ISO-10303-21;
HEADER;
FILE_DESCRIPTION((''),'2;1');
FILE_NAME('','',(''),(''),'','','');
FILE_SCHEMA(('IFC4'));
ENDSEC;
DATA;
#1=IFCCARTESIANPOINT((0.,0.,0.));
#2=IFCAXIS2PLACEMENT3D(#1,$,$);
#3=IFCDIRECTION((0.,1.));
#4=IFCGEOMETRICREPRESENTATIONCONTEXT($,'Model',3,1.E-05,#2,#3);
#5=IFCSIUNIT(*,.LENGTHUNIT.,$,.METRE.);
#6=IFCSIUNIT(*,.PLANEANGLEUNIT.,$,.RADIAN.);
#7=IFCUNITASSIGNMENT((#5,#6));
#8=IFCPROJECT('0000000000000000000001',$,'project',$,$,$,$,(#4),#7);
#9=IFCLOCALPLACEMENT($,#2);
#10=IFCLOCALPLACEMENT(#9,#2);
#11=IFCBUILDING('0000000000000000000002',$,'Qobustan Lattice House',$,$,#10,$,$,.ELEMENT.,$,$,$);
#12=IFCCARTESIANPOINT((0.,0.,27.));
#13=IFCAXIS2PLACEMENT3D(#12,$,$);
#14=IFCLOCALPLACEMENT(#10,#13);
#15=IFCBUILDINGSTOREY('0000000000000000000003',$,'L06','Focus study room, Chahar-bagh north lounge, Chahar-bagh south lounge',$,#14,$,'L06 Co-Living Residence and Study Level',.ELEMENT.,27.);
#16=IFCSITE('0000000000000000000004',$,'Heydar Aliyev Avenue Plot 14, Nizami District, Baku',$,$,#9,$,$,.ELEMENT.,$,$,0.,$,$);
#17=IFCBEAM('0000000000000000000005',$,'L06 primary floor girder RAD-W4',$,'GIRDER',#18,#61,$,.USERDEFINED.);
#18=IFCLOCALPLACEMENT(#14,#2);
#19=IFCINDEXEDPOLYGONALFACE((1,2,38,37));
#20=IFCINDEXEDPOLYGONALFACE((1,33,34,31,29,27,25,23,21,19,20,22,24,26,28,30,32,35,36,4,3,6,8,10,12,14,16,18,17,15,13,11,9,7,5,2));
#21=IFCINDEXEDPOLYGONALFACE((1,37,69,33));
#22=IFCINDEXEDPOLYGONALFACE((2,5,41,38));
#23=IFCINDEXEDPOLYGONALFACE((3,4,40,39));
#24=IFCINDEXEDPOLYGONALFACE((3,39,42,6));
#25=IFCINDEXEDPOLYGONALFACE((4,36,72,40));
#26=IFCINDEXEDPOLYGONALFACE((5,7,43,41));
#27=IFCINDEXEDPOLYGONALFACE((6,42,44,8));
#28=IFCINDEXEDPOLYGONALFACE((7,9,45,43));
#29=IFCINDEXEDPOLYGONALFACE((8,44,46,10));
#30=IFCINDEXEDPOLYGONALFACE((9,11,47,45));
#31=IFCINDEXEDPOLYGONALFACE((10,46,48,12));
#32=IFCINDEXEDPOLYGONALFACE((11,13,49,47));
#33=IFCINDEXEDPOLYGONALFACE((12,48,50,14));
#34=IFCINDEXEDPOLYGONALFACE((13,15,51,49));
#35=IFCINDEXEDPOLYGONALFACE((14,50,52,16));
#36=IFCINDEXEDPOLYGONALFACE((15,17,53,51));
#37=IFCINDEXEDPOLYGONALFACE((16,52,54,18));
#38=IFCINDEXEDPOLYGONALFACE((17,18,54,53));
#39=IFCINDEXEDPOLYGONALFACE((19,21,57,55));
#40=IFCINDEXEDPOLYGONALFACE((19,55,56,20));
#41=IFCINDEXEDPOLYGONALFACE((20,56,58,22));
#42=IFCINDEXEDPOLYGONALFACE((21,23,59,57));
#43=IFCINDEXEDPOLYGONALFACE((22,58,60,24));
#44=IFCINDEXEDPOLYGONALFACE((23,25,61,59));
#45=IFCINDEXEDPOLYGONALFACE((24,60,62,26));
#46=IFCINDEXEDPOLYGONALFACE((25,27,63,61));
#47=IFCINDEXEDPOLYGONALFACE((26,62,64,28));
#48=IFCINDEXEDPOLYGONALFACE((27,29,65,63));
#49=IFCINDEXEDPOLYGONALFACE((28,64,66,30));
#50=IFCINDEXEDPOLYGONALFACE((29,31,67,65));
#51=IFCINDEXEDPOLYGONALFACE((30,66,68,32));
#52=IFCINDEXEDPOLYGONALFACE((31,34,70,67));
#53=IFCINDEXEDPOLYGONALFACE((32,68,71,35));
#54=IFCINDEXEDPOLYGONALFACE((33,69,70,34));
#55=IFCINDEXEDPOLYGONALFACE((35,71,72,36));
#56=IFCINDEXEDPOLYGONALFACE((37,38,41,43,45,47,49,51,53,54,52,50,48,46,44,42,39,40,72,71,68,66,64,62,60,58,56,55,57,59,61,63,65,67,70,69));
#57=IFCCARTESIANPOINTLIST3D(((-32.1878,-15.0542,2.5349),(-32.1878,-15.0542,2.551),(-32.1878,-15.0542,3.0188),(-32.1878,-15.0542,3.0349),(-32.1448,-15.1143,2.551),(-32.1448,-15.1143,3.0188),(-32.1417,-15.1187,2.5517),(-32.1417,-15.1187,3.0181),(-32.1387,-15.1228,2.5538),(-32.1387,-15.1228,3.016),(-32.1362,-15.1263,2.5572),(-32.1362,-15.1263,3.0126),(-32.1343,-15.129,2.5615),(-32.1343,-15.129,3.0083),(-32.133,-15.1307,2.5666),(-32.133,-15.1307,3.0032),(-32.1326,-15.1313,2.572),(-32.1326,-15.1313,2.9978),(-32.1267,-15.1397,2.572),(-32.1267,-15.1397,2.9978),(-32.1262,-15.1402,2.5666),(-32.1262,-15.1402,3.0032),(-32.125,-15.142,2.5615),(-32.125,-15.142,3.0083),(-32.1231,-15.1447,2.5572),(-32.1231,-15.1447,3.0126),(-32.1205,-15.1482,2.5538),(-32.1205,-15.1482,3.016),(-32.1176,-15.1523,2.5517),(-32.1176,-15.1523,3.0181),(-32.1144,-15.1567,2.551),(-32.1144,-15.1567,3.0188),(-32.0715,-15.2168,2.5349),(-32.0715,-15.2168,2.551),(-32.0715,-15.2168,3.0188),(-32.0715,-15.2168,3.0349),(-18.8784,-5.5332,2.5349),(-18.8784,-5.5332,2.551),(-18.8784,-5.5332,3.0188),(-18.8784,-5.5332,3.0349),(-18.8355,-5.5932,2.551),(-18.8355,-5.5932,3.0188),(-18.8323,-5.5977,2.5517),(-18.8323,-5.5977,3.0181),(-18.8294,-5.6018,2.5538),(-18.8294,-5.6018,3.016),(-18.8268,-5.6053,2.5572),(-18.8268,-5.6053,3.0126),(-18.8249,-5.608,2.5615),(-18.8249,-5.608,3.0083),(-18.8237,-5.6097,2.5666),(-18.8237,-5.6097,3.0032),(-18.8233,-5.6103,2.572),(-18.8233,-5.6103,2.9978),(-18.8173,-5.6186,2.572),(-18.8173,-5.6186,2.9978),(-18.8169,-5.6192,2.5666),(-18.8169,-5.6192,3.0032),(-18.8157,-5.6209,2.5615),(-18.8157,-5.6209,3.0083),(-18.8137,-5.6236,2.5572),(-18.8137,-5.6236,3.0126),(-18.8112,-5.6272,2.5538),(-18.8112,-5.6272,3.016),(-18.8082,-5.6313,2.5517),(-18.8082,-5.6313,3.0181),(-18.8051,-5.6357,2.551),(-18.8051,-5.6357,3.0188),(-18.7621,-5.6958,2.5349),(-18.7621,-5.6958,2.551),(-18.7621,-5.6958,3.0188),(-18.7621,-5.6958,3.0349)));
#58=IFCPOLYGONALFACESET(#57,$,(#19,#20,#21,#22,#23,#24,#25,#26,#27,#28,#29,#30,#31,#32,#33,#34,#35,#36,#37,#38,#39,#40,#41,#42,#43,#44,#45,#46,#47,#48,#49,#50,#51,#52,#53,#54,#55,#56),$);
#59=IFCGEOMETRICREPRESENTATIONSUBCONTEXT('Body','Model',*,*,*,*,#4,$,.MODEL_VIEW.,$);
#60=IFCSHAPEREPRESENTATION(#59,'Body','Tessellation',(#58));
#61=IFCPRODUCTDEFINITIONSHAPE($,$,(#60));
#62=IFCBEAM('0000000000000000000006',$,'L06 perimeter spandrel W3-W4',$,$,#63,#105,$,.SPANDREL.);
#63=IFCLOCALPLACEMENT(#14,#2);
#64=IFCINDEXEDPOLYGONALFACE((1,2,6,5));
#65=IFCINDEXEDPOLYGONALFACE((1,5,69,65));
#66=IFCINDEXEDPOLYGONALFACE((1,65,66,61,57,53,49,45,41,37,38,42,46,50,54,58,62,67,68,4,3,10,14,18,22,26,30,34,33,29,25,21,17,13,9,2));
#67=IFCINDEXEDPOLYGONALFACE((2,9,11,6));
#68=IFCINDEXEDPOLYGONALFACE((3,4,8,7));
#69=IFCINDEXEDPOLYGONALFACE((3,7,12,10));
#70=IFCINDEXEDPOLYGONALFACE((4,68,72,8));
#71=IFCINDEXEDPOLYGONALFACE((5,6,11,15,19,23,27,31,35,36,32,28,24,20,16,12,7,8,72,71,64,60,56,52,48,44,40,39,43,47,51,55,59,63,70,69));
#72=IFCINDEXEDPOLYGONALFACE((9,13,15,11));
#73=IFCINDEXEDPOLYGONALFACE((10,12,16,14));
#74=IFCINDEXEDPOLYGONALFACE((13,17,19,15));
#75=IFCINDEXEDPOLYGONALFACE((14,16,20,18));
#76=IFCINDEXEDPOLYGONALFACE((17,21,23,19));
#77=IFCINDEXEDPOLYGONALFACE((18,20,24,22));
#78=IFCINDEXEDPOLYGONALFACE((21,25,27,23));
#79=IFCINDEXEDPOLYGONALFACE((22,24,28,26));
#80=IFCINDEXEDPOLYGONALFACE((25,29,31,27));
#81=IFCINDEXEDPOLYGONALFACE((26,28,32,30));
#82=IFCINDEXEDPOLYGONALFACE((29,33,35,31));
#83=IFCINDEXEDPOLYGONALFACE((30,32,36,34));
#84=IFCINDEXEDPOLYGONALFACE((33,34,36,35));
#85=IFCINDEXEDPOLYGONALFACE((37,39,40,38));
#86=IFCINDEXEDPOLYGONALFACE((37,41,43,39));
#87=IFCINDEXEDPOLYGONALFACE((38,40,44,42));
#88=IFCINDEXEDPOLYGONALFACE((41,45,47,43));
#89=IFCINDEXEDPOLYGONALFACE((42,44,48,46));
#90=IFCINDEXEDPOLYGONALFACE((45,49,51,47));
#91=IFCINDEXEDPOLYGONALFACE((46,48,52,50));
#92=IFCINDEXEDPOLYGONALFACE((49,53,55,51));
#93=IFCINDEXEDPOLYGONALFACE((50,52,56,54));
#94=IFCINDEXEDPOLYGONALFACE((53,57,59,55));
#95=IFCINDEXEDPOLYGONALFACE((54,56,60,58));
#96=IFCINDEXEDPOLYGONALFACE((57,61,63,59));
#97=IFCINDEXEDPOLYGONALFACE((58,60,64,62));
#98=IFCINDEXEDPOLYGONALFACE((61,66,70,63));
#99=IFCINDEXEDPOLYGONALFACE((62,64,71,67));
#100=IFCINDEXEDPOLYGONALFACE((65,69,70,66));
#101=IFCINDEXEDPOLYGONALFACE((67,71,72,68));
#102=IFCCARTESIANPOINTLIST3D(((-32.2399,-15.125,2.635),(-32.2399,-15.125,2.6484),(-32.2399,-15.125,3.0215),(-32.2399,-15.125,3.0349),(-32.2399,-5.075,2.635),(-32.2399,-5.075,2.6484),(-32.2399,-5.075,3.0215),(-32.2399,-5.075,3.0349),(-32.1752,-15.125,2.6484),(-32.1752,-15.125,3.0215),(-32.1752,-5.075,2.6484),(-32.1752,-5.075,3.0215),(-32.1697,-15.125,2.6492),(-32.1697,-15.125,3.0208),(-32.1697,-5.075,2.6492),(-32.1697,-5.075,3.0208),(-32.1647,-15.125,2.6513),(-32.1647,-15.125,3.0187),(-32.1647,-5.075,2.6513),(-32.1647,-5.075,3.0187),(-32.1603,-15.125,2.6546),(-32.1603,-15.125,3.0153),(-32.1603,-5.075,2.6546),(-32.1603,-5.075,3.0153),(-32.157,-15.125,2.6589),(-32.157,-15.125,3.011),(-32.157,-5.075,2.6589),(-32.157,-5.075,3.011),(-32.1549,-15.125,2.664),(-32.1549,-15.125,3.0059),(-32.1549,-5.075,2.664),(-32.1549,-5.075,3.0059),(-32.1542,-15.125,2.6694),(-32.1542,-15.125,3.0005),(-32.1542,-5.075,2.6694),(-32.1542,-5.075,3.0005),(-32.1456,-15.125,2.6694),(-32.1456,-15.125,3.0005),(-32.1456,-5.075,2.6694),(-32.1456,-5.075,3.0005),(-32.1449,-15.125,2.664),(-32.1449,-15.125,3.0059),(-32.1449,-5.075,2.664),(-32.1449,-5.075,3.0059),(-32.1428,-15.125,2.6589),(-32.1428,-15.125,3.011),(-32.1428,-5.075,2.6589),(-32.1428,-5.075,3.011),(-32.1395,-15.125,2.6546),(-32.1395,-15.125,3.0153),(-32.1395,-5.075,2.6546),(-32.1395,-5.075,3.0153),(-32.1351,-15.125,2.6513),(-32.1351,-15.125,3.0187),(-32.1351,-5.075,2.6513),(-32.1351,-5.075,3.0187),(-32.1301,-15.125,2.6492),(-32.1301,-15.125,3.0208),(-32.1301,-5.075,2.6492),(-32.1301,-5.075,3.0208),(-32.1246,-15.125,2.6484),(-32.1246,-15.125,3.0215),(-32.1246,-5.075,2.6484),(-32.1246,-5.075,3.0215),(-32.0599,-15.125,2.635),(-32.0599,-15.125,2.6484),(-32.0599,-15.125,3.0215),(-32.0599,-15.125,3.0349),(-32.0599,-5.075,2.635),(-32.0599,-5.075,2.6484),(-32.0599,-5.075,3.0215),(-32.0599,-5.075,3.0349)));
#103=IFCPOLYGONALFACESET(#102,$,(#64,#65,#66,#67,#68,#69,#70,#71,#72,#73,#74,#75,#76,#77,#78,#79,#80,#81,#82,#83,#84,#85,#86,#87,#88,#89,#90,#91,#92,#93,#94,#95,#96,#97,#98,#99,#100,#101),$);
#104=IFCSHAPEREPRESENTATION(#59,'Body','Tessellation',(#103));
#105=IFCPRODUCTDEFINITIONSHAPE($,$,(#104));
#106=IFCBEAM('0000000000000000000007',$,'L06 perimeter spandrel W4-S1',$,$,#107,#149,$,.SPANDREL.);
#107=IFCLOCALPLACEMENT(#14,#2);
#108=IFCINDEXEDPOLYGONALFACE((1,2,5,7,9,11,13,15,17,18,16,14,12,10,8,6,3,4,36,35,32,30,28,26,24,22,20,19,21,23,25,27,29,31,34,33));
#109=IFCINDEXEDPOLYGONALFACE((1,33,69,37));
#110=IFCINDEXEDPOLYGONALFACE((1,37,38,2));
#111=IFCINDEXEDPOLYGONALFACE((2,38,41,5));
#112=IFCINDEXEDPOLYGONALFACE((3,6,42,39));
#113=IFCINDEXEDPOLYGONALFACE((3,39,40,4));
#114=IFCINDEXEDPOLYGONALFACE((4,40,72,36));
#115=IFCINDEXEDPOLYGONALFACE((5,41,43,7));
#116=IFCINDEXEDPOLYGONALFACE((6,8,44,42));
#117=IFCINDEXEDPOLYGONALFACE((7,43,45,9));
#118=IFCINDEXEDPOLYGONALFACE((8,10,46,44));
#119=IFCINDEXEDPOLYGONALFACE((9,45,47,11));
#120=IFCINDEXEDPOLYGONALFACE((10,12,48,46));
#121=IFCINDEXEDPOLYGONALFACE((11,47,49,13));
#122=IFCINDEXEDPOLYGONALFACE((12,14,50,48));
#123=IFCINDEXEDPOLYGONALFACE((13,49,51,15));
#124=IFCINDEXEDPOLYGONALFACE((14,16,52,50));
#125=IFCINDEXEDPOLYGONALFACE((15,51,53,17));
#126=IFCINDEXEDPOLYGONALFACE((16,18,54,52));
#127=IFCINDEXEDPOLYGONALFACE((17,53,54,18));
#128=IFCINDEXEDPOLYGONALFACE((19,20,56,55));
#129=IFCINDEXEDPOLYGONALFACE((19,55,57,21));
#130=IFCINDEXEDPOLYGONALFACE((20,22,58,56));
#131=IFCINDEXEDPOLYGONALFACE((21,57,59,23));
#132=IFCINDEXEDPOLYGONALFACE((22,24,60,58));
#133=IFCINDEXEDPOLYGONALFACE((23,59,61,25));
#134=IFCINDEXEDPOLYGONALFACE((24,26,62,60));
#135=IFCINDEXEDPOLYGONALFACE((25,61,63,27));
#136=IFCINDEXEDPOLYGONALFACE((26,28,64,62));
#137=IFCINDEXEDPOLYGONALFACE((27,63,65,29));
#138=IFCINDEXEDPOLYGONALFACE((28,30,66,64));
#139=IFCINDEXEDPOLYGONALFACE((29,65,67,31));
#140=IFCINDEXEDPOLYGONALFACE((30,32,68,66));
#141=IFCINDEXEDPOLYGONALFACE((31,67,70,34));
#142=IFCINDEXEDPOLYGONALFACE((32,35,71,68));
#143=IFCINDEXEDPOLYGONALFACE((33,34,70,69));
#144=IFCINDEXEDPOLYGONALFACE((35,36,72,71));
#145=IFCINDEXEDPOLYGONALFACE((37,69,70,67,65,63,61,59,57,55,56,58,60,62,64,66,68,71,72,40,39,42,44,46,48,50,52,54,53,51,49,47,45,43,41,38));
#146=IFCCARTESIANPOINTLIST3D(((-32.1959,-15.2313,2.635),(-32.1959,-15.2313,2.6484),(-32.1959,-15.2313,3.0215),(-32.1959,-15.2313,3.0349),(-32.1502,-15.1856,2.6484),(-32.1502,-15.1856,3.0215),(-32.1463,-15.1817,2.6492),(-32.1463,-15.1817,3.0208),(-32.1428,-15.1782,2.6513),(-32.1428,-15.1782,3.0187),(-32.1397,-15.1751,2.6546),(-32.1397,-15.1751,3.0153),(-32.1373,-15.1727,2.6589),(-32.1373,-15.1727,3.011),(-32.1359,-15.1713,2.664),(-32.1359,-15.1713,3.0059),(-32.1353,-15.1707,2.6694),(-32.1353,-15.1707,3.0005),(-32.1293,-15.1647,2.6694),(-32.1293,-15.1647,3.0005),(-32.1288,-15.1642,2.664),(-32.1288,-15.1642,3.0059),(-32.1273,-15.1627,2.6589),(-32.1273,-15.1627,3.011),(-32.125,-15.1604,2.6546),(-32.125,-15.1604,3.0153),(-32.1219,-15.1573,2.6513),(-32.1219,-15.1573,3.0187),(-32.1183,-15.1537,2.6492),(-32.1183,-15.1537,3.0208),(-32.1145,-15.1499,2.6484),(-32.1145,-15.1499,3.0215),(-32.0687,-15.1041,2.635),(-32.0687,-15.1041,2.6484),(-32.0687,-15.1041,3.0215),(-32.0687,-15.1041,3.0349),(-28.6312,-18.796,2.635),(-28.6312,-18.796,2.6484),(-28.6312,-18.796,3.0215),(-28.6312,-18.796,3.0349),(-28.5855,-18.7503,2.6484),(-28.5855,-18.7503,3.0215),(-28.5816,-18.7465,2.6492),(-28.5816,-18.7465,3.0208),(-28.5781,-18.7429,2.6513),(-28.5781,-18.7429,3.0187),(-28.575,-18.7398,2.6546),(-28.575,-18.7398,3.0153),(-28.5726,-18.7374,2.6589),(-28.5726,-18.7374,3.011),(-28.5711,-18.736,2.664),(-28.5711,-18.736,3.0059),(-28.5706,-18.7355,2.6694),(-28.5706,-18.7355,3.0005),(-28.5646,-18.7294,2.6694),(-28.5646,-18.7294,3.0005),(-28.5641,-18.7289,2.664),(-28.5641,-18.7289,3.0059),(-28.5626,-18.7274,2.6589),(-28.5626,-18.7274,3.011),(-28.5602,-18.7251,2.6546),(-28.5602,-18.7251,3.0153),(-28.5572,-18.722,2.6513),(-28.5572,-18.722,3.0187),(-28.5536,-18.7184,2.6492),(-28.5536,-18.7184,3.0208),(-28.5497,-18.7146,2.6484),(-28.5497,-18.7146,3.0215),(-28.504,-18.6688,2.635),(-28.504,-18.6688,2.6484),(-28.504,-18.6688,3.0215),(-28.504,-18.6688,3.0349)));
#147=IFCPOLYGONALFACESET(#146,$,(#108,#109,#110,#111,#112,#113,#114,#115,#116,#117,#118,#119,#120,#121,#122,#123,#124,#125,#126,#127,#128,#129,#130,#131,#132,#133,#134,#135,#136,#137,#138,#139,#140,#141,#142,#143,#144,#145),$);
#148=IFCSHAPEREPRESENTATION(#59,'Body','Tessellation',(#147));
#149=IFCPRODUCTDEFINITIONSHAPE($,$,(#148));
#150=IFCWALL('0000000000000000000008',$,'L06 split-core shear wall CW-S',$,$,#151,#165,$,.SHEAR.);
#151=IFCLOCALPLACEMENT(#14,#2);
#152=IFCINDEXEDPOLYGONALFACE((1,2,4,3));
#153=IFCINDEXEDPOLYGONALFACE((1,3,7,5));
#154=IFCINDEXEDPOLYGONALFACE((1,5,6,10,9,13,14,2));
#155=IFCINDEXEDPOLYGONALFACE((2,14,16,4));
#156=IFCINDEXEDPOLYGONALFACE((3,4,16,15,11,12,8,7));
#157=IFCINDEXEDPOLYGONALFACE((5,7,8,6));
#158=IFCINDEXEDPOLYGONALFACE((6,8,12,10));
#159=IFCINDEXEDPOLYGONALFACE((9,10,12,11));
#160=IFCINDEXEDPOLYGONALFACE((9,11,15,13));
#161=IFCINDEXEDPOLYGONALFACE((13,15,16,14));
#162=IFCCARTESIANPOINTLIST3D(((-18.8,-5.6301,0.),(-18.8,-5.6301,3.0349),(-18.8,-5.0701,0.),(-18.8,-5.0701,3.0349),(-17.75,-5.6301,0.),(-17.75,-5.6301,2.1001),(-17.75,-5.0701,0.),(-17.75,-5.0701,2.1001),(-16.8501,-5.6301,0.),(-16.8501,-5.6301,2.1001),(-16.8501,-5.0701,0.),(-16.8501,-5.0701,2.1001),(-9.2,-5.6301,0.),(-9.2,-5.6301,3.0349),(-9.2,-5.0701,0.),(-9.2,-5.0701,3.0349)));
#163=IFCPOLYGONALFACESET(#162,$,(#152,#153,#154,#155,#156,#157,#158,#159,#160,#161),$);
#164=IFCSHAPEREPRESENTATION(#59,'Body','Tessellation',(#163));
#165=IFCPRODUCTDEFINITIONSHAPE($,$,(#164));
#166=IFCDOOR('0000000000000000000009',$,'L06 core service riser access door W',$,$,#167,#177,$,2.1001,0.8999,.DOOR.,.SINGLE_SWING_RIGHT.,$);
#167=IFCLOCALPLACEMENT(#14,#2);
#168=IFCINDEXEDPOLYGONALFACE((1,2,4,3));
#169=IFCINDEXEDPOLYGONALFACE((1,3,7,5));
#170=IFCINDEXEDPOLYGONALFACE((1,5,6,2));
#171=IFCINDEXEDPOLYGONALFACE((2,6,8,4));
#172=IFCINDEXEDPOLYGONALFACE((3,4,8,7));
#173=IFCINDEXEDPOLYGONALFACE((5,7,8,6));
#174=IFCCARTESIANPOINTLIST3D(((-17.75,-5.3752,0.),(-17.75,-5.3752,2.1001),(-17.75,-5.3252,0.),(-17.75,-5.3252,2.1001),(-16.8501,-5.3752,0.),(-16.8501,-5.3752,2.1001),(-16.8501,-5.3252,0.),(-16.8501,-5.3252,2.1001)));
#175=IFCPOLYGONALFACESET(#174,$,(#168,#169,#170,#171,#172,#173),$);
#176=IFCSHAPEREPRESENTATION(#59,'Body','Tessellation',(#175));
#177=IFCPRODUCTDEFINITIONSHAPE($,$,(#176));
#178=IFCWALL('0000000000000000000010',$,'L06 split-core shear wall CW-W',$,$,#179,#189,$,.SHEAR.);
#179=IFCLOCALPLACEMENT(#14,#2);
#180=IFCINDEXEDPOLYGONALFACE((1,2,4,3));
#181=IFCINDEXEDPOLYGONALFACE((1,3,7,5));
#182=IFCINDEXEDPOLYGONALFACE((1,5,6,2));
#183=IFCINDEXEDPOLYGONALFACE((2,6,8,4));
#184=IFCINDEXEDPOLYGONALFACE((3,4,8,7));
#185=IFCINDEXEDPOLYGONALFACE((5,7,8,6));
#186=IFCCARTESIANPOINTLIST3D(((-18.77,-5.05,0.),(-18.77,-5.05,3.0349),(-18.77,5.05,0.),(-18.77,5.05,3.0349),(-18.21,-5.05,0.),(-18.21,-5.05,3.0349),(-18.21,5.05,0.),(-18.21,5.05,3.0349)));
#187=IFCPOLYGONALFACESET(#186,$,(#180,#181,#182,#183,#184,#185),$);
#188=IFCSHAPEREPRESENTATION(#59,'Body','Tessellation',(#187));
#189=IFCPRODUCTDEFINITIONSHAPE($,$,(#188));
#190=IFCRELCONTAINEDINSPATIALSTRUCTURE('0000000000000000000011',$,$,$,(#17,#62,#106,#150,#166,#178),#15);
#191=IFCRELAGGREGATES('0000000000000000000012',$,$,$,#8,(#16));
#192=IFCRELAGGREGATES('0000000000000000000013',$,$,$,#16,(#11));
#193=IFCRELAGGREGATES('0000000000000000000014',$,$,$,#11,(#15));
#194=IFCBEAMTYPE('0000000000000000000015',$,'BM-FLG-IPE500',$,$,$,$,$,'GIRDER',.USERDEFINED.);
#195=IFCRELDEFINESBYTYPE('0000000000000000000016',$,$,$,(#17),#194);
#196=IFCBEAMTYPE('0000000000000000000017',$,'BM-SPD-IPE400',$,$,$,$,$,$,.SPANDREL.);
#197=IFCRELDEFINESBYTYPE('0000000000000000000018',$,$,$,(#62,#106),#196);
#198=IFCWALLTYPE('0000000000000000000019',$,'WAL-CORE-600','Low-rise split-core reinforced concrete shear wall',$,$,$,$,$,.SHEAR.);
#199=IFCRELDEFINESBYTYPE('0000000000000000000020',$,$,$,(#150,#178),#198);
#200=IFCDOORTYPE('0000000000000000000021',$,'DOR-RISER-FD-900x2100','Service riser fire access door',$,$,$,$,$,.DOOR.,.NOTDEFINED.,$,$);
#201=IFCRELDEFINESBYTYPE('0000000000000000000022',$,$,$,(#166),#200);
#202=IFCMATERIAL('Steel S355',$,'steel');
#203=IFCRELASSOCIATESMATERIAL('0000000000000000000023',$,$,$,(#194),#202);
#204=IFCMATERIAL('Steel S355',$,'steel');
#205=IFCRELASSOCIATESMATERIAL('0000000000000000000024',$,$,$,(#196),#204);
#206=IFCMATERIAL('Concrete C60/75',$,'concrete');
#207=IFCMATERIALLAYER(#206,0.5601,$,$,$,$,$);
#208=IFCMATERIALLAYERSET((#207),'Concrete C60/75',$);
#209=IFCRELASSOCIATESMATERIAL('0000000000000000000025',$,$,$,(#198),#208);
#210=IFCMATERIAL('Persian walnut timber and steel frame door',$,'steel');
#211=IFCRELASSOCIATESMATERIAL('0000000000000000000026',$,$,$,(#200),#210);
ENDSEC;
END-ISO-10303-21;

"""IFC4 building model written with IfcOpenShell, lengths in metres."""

from ifc_helpers import new_model, si_unit, direction, frame, frame_2d, origin, origin_2d, place, context, subcontext, project, spatial, rectangle, i_section, extrude, material, layer, layer_set, material_profile, profile_set, type_object, element, fill, save


model = new_model("IFC4")

# Units and contexts
model_context = context("Model", 3, precision=1e-05, world=origin(), true_north=direction((0.0, 1.0)))
body_context = subcontext(model_context, "Body", "Model", "MODEL_VIEW")
ifc_project = project(units=[si_unit("LENGTHUNIT", "METRE"), si_unit("PLANEANGLEUNIT", "RADIAN")], contexts=[model_context])

# Site, building, storey
site_placement = place(None, origin())
site = spatial("IfcSite", under=ifc_project, at=site_placement, Name="Heydar Aliyev Avenue Plot 14, Nizami District, Baku", CompositionType="ELEMENT", RefElevation=0.0)
building_placement = place(site_placement, origin())
building = spatial("IfcBuilding", under=site, at=building_placement, Name="Qobustan Lattice House", CompositionType="ELEMENT")
storey_placement = place(building_placement, frame((0.0, 0.0, 27.0)))
storey = spatial("IfcBuildingStorey", under=building, at=storey_placement, Name="L06", Description="Focus study room, Chahar-bagh north lounge, Chahar-bagh south lounge", LongName="L06 Co-Living Residence and Study Level", CompositionType="ELEMENT", Elevation=27.0)

# Beams
ifc_material_1 = material(Name="Steel S355", Category="steel")
ifc_material_profile_1 = material_profile(ifc_material_1, i_section(OverallWidth=0.2, OverallDepth=0.5, WebThickness=0.0103, FlangeThickness=0.0161, FilletRadius=0.021, at=origin_2d()), Name="IPE500")
ifc_profile_set_1 = profile_set([ifc_material_profile_1], Name="Steel S355")
beam_type_1 = type_object("IfcBeamType", Name="BM-FLG-IPE500", ElementType="GIRDER", PredefinedType="USERDEFINED", material=ifc_profile_set_1)
beam_1_placement = place(storey_placement, frame((-32.1296, -15.1355, 2.7849), z_axis=(0.813319, 0.581818, 0.0), x_axis=(-0.581818, 0.813319, 0.0)))
element("IfcBeam", 1, at=beam_1_placement, inside=storey, type_object=beam_type_1, Name="L06 primary floor girder RAD-W4", ObjectType="GIRDER", PredefinedType="USERDEFINED", context=body_context, shape_type="SweptSolid", body=[
    extrude(i_section(OverallWidth=0.2, OverallDepth=0.5, WebThickness=0.0103, FlangeThickness=0.0161, FilletRadius=0.021, at=origin_2d()), origin(), (0.0, 0.0, 1.0), 16.3643),
])
ifc_material_2 = material(Name="Steel S355", Category="steel")
ifc_material_profile_2 = material_profile(ifc_material_2, i_section(OverallWidth=0.1799, OverallDepth=0.3999, WebThickness=0.0085, FlangeThickness=0.0134, FilletRadius=0.021, at=origin_2d()), Name="IPE400")
ifc_profile_set_2 = profile_set([ifc_material_profile_2], Name="Steel S355")
beam_type_2 = type_object("IfcBeamType", Name="BM-SPD-IPE400", PredefinedType="SPANDREL", material=ifc_profile_set_2)
beam_2_placement = place(storey_placement, frame((-32.1499, -5.075, 2.835), z_axis=(0.0, -1.0, 0.0), x_axis=(1.0, 0.0, 0.0)))
element("IfcBeam", 2, at=beam_2_placement, inside=storey, type_object=beam_type_2, Name="L06 perimeter spandrel W3-W4", PredefinedType="SPANDREL", context=body_context, shape_type="SweptSolid", body=[
    extrude(i_section(OverallWidth=0.1799, OverallDepth=0.3999, WebThickness=0.0085, FlangeThickness=0.0134, FilletRadius=0.021, at=origin_2d()), origin(), (0.0, 0.0, 1.0), 10.05),
])
beam_3_placement = place(storey_placement, frame((-32.1323, -15.1677, 2.835), z_axis=(0.707107, -0.707107, 0.0), x_axis=(0.707107, 0.707107, 0.0)))
element("IfcBeam", 3, at=beam_3_placement, inside=storey, type_object=beam_type_2, Name="L06 perimeter spandrel W4-S1", PredefinedType="SPANDREL", context=body_context, shape_type="SweptSolid", body=[
    extrude(i_section(OverallWidth=0.1799, OverallDepth=0.3999, WebThickness=0.0085, FlangeThickness=0.0134, FilletRadius=0.021, at=origin_2d()), origin(), (0.0, 0.0, 1.0), 5.0413),
])

# Wall, opening, door
ifc_material_3 = material(Name="Concrete C60/75", Category="concrete")
ifc_layer_1 = layer(ifc_material_3, 0.5601)
ifc_layer_set_1 = layer_set([ifc_layer_1], Name="Concrete C60/75")
wall_type_1 = type_object("IfcWallType", Name="WAL-CORE-600", Description="Low-rise split-core reinforced concrete shear wall", PredefinedType="SHEAR", material=ifc_layer_set_1)
wall_1_placement = place(storey_placement, frame((-18.8, -5.3501, 0.0), z_axis=(0.0, 0.0, 1.0), x_axis=(1.0, 0.0, 0.0)))
wall_1 = element("IfcWall", 4, at=wall_1_placement, inside=storey, type_object=wall_type_1, Name="L06 split-core shear wall CW-S", PredefinedType="SHEAR", context=body_context, shape_type="SweptSolid", body=[
    extrude(rectangle(XDim=9.6001, YDim=0.5601, at=frame_2d((4.8, 0.0))), origin(), (0.0, 0.0, 1.0), 3.0349),
])
opening_1_placement = place(wall_1_placement, frame((1.05, 0.0, 0.0)))
opening_1 = element("IfcOpeningElement", 5, at=opening_1_placement, cuts=wall_1, PredefinedType="OPENING", context=body_context, shape_type="SweptSolid", body=[
    extrude(rectangle(XDim=0.8999, YDim=2.1001, at=frame_2d((0.45, 1.05))), frame((0.0, 0.29, 0.0), z_axis=(0.0, -1.0, 0.0), x_axis=(1.0, 0.0, 0.0)), (0.0, 0.0, 1.0), 0.5801),
])
ifc_material_4 = material(Name="Persian walnut timber and steel frame door", Category="steel")
door_type_1 = type_object("IfcDoorType", Name="DOR-RISER-FD-900x2100", Description="Service riser fire access door", OperationType="NOTDEFINED", PredefinedType="DOOR", material=ifc_material_4)
door_1_placement = place(opening_1_placement, origin())
door_1 = element("IfcDoor", 6, at=door_1_placement, inside=storey, type_object=door_type_1, Name="L06 core service riser access door W", OperationType="SINGLE_SWING_RIGHT", OverallHeight=2.1001, OverallWidth=0.8999, PredefinedType="DOOR", context=body_context, shape_type="SweptSolid", body=[
    extrude(rectangle(XDim=0.8999, YDim=2.1001, at=frame_2d((0.45, 1.05))), frame((0.0, 0.0249, 0.0), z_axis=(0.0, -1.0, 0.0), x_axis=(1.0, 0.0, 0.0)), (0.0, 0.0, 1.0), 0.05),
])
fill(opening_1, door_1)

# Wall
wall_2_placement = place(storey_placement, frame((-18.49, -5.05, 0.0), z_axis=(0.0, 0.0, 1.0), x_axis=(0.0, 1.0, 0.0)))
element("IfcWall", 7, at=wall_2_placement, inside=storey, type_object=wall_type_1, Name="L06 split-core shear wall CW-W", PredefinedType="SHEAR", context=body_context, shape_type="SweptSolid", body=[
    extrude(rectangle(XDim=10.1001, YDim=0.5601, at=frame_2d((5.05, 0.0))), origin(), (0.0, 0.0, 1.0), 3.0349),
])

save(model, "model.ifc")
